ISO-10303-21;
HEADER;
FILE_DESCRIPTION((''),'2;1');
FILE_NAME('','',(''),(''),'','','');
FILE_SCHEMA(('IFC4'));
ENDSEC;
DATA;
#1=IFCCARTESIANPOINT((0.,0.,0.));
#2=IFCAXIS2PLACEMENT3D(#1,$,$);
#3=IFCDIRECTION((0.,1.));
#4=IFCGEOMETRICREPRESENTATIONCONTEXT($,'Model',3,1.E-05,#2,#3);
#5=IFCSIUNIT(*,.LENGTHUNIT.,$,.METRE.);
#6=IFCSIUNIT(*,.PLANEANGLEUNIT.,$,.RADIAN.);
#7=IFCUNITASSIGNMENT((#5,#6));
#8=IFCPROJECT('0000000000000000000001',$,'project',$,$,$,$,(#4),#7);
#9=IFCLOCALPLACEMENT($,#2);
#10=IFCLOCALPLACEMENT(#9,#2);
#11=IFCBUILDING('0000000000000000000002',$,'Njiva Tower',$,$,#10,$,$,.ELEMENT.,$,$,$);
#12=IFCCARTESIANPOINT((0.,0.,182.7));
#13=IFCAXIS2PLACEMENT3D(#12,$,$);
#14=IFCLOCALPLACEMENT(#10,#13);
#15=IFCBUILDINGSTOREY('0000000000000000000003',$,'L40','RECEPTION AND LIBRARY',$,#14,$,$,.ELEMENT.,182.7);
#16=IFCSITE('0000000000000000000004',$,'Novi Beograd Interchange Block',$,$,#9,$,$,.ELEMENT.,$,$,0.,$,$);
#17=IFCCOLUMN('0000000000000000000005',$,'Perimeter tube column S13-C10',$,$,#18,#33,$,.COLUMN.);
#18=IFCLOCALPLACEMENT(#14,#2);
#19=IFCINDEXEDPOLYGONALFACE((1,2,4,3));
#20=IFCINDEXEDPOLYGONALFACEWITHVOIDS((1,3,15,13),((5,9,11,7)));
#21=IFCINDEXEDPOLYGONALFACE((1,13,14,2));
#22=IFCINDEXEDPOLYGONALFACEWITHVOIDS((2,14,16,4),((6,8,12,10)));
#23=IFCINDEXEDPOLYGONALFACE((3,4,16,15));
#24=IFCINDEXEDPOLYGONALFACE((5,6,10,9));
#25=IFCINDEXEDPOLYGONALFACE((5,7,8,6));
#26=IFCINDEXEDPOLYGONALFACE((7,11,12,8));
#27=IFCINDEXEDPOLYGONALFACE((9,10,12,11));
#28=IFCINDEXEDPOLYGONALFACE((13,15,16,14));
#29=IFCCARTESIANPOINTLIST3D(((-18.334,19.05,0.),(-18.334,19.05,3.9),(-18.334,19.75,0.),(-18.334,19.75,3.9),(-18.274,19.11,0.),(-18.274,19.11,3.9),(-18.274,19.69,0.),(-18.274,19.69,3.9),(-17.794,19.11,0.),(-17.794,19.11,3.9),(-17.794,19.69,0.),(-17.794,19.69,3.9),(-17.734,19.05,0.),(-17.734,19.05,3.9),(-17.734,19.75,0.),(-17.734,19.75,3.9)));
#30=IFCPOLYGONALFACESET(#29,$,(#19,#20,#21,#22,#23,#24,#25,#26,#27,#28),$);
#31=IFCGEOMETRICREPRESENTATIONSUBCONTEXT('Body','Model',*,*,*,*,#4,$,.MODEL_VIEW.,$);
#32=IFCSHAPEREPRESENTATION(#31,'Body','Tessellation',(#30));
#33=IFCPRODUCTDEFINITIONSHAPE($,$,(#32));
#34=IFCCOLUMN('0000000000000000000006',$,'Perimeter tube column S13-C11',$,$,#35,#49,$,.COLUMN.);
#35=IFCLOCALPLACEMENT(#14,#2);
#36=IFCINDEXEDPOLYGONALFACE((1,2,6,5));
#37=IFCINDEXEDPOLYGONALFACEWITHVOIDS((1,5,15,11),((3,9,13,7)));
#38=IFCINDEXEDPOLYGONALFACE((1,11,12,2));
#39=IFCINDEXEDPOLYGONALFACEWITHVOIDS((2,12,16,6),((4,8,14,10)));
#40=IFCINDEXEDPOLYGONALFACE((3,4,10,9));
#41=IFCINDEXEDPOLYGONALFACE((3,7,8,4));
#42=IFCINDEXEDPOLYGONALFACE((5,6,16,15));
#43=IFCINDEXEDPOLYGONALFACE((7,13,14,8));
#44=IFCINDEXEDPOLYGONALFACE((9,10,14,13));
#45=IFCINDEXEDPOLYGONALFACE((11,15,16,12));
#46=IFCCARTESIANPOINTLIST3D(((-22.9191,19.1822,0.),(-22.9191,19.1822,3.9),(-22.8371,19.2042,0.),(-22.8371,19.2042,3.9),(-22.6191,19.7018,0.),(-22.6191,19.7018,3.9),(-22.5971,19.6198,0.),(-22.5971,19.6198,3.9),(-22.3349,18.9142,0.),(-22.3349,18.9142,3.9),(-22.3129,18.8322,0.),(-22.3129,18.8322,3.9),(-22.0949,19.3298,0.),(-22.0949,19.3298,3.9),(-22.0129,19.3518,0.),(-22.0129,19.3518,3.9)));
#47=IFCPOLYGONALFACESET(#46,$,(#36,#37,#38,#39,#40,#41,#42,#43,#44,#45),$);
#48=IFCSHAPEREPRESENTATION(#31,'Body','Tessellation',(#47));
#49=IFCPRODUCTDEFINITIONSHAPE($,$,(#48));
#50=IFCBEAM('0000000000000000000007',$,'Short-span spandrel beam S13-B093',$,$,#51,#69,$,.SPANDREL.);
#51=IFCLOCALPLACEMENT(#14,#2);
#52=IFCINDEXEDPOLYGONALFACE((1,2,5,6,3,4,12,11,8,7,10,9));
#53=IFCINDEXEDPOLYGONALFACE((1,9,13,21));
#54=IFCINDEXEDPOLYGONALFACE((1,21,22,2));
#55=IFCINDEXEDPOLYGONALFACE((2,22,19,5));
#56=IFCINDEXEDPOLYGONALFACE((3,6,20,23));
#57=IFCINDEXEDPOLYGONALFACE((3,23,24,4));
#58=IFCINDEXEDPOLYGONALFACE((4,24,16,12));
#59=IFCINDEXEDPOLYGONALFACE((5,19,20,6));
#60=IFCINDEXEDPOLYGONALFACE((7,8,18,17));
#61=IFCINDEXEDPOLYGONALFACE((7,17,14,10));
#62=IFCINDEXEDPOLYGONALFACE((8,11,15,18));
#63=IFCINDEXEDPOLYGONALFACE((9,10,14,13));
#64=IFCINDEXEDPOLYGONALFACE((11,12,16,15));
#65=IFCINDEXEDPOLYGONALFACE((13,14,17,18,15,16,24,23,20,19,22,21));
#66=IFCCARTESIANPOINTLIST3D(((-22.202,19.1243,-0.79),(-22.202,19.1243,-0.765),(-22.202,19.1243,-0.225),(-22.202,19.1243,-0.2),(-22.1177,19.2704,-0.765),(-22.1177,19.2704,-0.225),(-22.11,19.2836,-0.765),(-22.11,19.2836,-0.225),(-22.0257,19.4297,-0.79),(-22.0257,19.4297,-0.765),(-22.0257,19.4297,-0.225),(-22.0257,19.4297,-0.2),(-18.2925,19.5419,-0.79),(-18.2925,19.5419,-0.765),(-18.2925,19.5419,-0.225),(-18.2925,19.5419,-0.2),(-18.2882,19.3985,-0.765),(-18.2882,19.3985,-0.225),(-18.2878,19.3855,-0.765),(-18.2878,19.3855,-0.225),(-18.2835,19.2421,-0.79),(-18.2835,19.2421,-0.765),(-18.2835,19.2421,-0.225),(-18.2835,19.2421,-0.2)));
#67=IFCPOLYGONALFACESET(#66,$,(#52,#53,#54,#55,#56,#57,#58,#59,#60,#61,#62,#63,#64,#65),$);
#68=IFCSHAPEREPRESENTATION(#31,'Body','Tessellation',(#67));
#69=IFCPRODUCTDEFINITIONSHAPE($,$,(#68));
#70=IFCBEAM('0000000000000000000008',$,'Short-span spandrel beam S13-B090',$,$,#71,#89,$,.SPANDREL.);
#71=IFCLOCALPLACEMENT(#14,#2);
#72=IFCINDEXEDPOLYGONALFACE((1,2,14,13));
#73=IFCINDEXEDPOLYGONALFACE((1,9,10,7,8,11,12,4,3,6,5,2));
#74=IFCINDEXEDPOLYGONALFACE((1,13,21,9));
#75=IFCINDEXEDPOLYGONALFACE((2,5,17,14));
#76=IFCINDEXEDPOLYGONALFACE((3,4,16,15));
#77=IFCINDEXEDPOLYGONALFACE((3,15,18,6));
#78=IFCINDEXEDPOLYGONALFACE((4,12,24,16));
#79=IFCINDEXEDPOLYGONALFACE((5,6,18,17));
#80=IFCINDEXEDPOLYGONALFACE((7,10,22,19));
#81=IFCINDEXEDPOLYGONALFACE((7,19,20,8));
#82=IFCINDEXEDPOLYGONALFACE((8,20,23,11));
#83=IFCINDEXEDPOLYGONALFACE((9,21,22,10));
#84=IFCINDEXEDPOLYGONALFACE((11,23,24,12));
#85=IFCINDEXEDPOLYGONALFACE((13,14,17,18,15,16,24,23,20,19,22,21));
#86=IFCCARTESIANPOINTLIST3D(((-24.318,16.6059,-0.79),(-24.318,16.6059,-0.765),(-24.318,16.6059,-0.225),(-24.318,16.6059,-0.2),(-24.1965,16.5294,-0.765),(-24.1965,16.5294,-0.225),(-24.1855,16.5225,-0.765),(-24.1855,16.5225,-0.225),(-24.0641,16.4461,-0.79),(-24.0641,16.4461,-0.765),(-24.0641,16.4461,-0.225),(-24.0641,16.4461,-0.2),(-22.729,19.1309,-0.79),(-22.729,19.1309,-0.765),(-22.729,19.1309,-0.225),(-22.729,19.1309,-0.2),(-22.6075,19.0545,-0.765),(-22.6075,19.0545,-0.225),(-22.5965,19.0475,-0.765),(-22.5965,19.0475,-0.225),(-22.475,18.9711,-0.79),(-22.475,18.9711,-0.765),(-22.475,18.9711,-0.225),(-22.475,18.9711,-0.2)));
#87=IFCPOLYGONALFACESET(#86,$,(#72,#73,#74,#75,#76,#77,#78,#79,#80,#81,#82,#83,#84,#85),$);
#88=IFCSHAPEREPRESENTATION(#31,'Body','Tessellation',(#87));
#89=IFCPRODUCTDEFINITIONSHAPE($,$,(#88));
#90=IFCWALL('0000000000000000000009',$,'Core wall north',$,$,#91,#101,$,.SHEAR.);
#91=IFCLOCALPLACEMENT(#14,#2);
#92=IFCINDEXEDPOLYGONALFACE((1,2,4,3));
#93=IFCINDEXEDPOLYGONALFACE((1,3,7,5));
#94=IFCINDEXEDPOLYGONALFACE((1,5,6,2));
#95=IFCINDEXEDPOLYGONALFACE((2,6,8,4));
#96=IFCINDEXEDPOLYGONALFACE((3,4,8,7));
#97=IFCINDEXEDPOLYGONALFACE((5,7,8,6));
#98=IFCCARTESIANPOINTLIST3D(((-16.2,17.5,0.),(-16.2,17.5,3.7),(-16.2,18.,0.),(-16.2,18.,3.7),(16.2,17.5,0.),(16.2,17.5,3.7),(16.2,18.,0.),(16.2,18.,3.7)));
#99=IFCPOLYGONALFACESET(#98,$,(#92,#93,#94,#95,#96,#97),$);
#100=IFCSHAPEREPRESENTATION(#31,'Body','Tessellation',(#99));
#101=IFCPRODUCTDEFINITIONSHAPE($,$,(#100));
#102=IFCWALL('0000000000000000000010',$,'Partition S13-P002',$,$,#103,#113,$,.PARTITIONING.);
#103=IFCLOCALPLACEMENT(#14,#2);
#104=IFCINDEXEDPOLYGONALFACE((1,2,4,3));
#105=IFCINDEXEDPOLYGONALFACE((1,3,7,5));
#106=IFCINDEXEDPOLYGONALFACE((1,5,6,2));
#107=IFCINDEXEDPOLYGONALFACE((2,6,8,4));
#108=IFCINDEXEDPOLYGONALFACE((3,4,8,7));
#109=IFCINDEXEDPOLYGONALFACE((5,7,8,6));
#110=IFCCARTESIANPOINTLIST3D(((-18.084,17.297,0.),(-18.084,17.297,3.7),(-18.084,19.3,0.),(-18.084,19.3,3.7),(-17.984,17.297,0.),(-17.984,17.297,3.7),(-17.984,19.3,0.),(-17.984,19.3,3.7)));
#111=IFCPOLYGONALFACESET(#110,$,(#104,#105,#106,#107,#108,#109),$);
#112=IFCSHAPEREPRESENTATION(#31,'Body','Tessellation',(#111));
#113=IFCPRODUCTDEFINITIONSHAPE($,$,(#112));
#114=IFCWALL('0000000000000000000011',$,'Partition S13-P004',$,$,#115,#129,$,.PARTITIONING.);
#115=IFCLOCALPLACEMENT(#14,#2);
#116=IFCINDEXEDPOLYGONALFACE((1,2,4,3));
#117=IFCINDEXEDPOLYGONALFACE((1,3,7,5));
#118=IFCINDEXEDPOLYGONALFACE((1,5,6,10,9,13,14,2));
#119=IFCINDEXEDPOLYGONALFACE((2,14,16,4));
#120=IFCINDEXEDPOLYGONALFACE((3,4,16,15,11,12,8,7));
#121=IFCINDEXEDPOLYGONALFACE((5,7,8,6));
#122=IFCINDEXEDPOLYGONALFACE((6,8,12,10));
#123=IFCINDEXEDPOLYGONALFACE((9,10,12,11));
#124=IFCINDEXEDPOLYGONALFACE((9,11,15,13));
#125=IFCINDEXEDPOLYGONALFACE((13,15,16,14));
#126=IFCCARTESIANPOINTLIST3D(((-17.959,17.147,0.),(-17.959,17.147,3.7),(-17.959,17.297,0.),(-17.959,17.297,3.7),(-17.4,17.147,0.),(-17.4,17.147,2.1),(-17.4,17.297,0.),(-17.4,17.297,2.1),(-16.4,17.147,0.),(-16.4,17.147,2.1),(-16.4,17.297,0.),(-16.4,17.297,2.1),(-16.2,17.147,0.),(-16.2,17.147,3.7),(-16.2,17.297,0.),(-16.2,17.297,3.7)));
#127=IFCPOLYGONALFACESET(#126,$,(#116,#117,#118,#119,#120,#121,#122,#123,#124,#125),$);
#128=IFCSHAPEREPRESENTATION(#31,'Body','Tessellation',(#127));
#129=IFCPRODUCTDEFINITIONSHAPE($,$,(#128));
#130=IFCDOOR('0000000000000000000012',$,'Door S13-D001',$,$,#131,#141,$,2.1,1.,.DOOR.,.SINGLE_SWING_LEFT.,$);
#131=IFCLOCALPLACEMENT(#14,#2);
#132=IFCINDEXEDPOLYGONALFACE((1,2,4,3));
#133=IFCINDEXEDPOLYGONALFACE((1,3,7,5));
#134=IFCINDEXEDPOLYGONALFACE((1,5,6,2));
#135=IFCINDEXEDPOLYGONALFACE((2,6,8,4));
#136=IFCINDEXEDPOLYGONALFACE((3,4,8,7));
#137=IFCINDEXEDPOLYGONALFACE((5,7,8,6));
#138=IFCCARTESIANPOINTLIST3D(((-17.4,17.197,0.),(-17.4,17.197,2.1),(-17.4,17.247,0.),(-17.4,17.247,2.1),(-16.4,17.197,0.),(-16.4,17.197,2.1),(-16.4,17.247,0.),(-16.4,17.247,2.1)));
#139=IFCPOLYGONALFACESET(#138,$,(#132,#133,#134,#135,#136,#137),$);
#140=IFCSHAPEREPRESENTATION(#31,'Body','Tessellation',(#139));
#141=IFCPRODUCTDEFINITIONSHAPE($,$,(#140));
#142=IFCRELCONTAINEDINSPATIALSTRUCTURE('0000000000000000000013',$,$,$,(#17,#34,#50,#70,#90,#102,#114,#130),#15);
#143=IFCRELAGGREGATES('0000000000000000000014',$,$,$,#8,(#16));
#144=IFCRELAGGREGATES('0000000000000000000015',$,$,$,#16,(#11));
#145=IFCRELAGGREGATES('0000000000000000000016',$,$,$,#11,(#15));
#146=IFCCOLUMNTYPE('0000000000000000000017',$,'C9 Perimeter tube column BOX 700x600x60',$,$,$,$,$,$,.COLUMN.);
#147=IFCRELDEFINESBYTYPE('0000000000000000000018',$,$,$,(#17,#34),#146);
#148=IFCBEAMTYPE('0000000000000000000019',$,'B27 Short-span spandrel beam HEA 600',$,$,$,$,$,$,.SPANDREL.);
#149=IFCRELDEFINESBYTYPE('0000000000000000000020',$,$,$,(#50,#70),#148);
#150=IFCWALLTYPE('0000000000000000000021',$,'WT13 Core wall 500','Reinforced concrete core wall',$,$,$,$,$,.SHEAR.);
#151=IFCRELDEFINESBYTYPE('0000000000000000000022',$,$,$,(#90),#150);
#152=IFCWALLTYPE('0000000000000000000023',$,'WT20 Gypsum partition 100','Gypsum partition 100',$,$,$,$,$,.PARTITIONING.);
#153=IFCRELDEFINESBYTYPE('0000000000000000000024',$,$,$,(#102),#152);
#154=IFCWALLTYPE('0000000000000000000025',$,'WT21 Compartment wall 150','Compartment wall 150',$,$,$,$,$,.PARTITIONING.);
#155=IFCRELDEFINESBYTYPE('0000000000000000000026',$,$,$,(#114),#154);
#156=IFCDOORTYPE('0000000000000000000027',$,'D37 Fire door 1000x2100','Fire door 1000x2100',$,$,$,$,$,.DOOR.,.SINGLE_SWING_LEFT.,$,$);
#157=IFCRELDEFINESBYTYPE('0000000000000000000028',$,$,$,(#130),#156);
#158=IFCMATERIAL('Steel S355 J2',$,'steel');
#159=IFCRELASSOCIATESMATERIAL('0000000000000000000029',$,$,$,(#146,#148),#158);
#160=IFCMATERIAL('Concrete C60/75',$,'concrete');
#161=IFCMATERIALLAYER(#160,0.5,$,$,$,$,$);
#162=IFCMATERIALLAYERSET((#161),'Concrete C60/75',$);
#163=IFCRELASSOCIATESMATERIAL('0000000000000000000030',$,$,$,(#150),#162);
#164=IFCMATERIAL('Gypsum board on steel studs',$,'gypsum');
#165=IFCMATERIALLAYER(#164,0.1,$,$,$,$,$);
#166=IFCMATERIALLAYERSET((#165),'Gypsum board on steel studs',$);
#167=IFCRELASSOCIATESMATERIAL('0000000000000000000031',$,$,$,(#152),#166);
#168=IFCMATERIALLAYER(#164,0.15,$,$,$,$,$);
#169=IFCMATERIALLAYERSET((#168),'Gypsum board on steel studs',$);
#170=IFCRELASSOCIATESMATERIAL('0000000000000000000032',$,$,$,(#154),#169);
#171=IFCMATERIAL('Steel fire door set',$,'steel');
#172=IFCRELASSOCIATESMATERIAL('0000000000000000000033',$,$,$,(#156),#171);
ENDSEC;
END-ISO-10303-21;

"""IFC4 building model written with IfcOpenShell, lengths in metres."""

from ifc_helpers import new_model, si_unit, direction, frame, frame_2d, origin, origin_2d, place, context, subcontext, project, spatial, rectangle, hollow_rectangle, i_section, extrude, clip, halfspace, material, layer, layer_set, material_profile, profile_set, type_object, element, fill, save


model = new_model("IFC4")

# Units and contexts
model_context = context("Model", 3, precision=1e-05, world=origin(), true_north=direction((0.0, 1.0)))
body_context = subcontext(model_context, "Body", "Model", "MODEL_VIEW")
ifc_project = project(units=[si_unit("LENGTHUNIT", "METRE"), si_unit("PLANEANGLEUNIT", "RADIAN")], contexts=[model_context])

# Site, building, storey
site_placement = place(None, origin())
site = spatial("IfcSite", under=ifc_project, at=site_placement, Name="Novi Beograd Interchange Block", CompositionType="ELEMENT", RefElevation=0.0)
building_placement = place(site_placement, origin())
building = spatial("IfcBuilding", under=site, at=building_placement, Name="Njiva Tower", CompositionType="ELEMENT")
storey_placement = place(building_placement, frame((0.0, 0.0, 182.7)))
storey = spatial("IfcBuildingStorey", under=building, at=storey_placement, Name="L40", Description="RECEPTION AND LIBRARY", CompositionType="ELEMENT", Elevation=182.7)

# Columns
ifc_material_1 = material(Name="Steel S355 J2", Category="steel")
ifc_material_profile_1 = material_profile(ifc_material_1, hollow_rectangle(XDim=0.6, YDim=0.7, WallThickness=0.06, at=origin_2d()), Name="BOX 700x600x60")
ifc_profile_set_1 = profile_set([ifc_material_profile_1], Name="Steel S355 J2")
column_type = type_object("IfcColumnType", Name="C9 Perimeter tube column BOX 700x600x60", PredefinedType="COLUMN", material=ifc_profile_set_1)
for number, where, z_axis, x_axis, name in (
    (1, (-18.034, 19.4, 0.0), (0.0, 0.0, 1.0), (-1.0, 0.0, 0.0), "Perimeter tube column S13-C10"),
    (2, (-22.466, 19.267, 0.0), (0.0, 0.0, 1.0), (-0.5, -0.866025, 0.0), "Perimeter tube column S13-C11"),
):
    element("IfcColumn", number, at=place(storey_placement, frame(where, z_axis=z_axis, x_axis=x_axis)), inside=storey, type_object=column_type, Name=name, PredefinedType="COLUMN", context=body_context, shape_type="SweptSolid", body=[
        extrude(hollow_rectangle(XDim=0.6, YDim=0.7, WallThickness=0.06, at=origin_2d()), origin(), (0.0, 0.0, 1.0), 3.9),
    ])

# Beams
ifc_material_profile_2 = material_profile(ifc_material_1, i_section(OverallWidth=0.3, OverallDepth=0.59, WebThickness=0.013, FlangeThickness=0.025, at=origin_2d()), Name="HEA 600")
ifc_profile_set_2 = profile_set([ifc_material_profile_2], Name="Steel S355 J2")
beam_type = type_object("IfcBeamType", Name="B27 Short-span spandrel beam HEA 600", PredefinedType="SPANDREL", material=ifc_profile_set_2)
beam_1_placement = place(storey_placement, frame((-18.288, 19.392, -0.495), z_axis=(-0.999549, -0.030044, 0.0), x_axis=(0.030044, -0.999549, 0.0)))
element("IfcBeam", 3, at=beam_1_placement, inside=storey, type_object=beam_type, Name="Short-span spandrel beam S13-B093", PredefinedType="SPANDREL", context=body_context, shape_type="Clipping", body=[
    clip(extrude(i_section(OverallWidth=0.3, OverallDepth=0.59, WebThickness=0.013, FlangeThickness=0.025, at=origin_2d()), origin(), (0.0, 0.0, 1.0), 3.9407), halfspace(frame((-0.0268, 0.0, 3.811), z_axis=(-0.525791, 0.0, 0.850614), x_axis=(0.0, 1.0, 0.0)), False)),
])
beam_2_placement = place(storey_placement, frame((-22.602, 19.051, -0.495), z_axis=(-0.532618, -0.846356, 0.0), x_axis=(0.846356, -0.532618, 0.0)))
element("IfcBeam", 4, at=beam_2_placement, inside=storey, type_object=beam_type, Name="Short-span spandrel beam S13-B090", PredefinedType="SPANDREL", context=body_context, shape_type="SweptSolid", body=[
    extrude(i_section(OverallWidth=0.3, OverallDepth=0.59, WebThickness=0.013, FlangeThickness=0.025, at=origin_2d()), origin(), (0.0, 0.0, 1.0), 2.9834),
])

# Walls
ifc_material_2 = material(Name="Concrete C60/75", Category="concrete")
ifc_layer_1 = layer(ifc_material_2, 0.5)
ifc_layer_set_1 = layer_set([ifc_layer_1], Name="Concrete C60/75")
wall_type_1 = type_object("IfcWallType", Name="WT13 Core wall 500", Description="Reinforced concrete core wall", PredefinedType="SHEAR", material=ifc_layer_set_1)
wall_1_placement = place(storey_placement, frame((-16.2, 17.75, 0.0), z_axis=(0.0, 0.0, 1.0), x_axis=(1.0, 0.0, 0.0)))
element("IfcWall", 5, at=wall_1_placement, inside=storey, type_object=wall_type_1, Name="Core wall north", PredefinedType="SHEAR", context=body_context, shape_type="SweptSolid", body=[
    extrude(rectangle(XDim=32.4, YDim=0.5, at=frame_2d((16.2, 0.0))), origin(), (0.0, 0.0, 1.0), 3.7),
])
ifc_material_3 = material(Name="Gypsum board on steel studs", Category="gypsum")
ifc_layer_2 = layer(ifc_material_3, 0.1)
ifc_layer_set_2 = layer_set([ifc_layer_2], Name="Gypsum board on steel studs")
wall_type_2 = type_object("IfcWallType", Name="WT20 Gypsum partition 100", Description="Gypsum partition 100", PredefinedType="PARTITIONING", material=ifc_layer_set_2)
wall_2_placement = place(storey_placement, frame((-18.034, 17.297, 0.0), z_axis=(0.0, 0.0, 1.0), x_axis=(0.0, 1.0, 0.0)))
element("IfcWall", 6, at=wall_2_placement, inside=storey, type_object=wall_type_2, Name="Partition S13-P002", PredefinedType="PARTITIONING", context=body_context, shape_type="SweptSolid", body=[
    extrude(rectangle(XDim=2.003, YDim=0.1, at=frame_2d((1.0015, 0.0))), origin(), (0.0, 0.0, 1.0), 3.7),
])

# Wall, opening, door
ifc_layer_3 = layer(ifc_material_3, 0.15)
ifc_layer_set_3 = layer_set([ifc_layer_3], Name="Gypsum board on steel studs")
wall_type_3 = type_object("IfcWallType", Name="WT21 Compartment wall 150", Description="Compartment wall 150", PredefinedType="PARTITIONING", material=ifc_layer_set_3)
wall_3_placement = place(storey_placement, frame((-17.959, 17.222, 0.0), z_axis=(0.0, 0.0, 1.0), x_axis=(1.0, 0.0, 0.0)))
wall_3 = element("IfcWall", 7, at=wall_3_placement, inside=storey, type_object=wall_type_3, Name="Partition S13-P004", PredefinedType="PARTITIONING", context=body_context, shape_type="SweptSolid", body=[
    extrude(rectangle(XDim=1.759, YDim=0.15, at=frame_2d((0.8795, 0.0))), origin(), (0.0, 0.0, 1.0), 3.7),
])
opening_1_placement = place(wall_3_placement, frame((0.559, 0.0, 0.0)))
opening_1 = element("IfcOpeningElement", 8, at=opening_1_placement, cuts=wall_3, PredefinedType="OPENING", context=body_context, shape_type="SweptSolid", body=[
    extrude(rectangle(XDim=1.0, YDim=2.1, at=frame_2d((0.5, 1.05))), frame((0.0, 0.085, 0.0), z_axis=(0.0, -1.0, 0.0), x_axis=(1.0, 0.0, 0.0)), (0.0, 0.0, 1.0), 0.17),
])
ifc_material_4 = material(Name="Steel fire door set", Category="steel")
door_type = type_object("IfcDoorType", Name="D37 Fire door 1000x2100", Description="Fire door 1000x2100", OperationType="SINGLE_SWING_LEFT", PredefinedType="DOOR", material=ifc_material_4)
door_placement = place(opening_1_placement, origin())
door = element("IfcDoor", 9, at=door_placement, inside=storey, type_object=door_type, Name="Door S13-D001", OperationType="SINGLE_SWING_LEFT", OverallHeight=2.1, OverallWidth=1.0, PredefinedType="DOOR", context=body_context, shape_type="SweptSolid", body=[
    extrude(rectangle(XDim=1.0, YDim=2.1, at=frame_2d((0.5, 1.05))), frame((0.0, 0.025, 0.0), z_axis=(0.0, -1.0, 0.0), x_axis=(1.0, 0.0, 0.0)), (0.0, 0.0, 1.0), 0.05),
])
fill(opening_1, door)

save(model, "model.ifc")
